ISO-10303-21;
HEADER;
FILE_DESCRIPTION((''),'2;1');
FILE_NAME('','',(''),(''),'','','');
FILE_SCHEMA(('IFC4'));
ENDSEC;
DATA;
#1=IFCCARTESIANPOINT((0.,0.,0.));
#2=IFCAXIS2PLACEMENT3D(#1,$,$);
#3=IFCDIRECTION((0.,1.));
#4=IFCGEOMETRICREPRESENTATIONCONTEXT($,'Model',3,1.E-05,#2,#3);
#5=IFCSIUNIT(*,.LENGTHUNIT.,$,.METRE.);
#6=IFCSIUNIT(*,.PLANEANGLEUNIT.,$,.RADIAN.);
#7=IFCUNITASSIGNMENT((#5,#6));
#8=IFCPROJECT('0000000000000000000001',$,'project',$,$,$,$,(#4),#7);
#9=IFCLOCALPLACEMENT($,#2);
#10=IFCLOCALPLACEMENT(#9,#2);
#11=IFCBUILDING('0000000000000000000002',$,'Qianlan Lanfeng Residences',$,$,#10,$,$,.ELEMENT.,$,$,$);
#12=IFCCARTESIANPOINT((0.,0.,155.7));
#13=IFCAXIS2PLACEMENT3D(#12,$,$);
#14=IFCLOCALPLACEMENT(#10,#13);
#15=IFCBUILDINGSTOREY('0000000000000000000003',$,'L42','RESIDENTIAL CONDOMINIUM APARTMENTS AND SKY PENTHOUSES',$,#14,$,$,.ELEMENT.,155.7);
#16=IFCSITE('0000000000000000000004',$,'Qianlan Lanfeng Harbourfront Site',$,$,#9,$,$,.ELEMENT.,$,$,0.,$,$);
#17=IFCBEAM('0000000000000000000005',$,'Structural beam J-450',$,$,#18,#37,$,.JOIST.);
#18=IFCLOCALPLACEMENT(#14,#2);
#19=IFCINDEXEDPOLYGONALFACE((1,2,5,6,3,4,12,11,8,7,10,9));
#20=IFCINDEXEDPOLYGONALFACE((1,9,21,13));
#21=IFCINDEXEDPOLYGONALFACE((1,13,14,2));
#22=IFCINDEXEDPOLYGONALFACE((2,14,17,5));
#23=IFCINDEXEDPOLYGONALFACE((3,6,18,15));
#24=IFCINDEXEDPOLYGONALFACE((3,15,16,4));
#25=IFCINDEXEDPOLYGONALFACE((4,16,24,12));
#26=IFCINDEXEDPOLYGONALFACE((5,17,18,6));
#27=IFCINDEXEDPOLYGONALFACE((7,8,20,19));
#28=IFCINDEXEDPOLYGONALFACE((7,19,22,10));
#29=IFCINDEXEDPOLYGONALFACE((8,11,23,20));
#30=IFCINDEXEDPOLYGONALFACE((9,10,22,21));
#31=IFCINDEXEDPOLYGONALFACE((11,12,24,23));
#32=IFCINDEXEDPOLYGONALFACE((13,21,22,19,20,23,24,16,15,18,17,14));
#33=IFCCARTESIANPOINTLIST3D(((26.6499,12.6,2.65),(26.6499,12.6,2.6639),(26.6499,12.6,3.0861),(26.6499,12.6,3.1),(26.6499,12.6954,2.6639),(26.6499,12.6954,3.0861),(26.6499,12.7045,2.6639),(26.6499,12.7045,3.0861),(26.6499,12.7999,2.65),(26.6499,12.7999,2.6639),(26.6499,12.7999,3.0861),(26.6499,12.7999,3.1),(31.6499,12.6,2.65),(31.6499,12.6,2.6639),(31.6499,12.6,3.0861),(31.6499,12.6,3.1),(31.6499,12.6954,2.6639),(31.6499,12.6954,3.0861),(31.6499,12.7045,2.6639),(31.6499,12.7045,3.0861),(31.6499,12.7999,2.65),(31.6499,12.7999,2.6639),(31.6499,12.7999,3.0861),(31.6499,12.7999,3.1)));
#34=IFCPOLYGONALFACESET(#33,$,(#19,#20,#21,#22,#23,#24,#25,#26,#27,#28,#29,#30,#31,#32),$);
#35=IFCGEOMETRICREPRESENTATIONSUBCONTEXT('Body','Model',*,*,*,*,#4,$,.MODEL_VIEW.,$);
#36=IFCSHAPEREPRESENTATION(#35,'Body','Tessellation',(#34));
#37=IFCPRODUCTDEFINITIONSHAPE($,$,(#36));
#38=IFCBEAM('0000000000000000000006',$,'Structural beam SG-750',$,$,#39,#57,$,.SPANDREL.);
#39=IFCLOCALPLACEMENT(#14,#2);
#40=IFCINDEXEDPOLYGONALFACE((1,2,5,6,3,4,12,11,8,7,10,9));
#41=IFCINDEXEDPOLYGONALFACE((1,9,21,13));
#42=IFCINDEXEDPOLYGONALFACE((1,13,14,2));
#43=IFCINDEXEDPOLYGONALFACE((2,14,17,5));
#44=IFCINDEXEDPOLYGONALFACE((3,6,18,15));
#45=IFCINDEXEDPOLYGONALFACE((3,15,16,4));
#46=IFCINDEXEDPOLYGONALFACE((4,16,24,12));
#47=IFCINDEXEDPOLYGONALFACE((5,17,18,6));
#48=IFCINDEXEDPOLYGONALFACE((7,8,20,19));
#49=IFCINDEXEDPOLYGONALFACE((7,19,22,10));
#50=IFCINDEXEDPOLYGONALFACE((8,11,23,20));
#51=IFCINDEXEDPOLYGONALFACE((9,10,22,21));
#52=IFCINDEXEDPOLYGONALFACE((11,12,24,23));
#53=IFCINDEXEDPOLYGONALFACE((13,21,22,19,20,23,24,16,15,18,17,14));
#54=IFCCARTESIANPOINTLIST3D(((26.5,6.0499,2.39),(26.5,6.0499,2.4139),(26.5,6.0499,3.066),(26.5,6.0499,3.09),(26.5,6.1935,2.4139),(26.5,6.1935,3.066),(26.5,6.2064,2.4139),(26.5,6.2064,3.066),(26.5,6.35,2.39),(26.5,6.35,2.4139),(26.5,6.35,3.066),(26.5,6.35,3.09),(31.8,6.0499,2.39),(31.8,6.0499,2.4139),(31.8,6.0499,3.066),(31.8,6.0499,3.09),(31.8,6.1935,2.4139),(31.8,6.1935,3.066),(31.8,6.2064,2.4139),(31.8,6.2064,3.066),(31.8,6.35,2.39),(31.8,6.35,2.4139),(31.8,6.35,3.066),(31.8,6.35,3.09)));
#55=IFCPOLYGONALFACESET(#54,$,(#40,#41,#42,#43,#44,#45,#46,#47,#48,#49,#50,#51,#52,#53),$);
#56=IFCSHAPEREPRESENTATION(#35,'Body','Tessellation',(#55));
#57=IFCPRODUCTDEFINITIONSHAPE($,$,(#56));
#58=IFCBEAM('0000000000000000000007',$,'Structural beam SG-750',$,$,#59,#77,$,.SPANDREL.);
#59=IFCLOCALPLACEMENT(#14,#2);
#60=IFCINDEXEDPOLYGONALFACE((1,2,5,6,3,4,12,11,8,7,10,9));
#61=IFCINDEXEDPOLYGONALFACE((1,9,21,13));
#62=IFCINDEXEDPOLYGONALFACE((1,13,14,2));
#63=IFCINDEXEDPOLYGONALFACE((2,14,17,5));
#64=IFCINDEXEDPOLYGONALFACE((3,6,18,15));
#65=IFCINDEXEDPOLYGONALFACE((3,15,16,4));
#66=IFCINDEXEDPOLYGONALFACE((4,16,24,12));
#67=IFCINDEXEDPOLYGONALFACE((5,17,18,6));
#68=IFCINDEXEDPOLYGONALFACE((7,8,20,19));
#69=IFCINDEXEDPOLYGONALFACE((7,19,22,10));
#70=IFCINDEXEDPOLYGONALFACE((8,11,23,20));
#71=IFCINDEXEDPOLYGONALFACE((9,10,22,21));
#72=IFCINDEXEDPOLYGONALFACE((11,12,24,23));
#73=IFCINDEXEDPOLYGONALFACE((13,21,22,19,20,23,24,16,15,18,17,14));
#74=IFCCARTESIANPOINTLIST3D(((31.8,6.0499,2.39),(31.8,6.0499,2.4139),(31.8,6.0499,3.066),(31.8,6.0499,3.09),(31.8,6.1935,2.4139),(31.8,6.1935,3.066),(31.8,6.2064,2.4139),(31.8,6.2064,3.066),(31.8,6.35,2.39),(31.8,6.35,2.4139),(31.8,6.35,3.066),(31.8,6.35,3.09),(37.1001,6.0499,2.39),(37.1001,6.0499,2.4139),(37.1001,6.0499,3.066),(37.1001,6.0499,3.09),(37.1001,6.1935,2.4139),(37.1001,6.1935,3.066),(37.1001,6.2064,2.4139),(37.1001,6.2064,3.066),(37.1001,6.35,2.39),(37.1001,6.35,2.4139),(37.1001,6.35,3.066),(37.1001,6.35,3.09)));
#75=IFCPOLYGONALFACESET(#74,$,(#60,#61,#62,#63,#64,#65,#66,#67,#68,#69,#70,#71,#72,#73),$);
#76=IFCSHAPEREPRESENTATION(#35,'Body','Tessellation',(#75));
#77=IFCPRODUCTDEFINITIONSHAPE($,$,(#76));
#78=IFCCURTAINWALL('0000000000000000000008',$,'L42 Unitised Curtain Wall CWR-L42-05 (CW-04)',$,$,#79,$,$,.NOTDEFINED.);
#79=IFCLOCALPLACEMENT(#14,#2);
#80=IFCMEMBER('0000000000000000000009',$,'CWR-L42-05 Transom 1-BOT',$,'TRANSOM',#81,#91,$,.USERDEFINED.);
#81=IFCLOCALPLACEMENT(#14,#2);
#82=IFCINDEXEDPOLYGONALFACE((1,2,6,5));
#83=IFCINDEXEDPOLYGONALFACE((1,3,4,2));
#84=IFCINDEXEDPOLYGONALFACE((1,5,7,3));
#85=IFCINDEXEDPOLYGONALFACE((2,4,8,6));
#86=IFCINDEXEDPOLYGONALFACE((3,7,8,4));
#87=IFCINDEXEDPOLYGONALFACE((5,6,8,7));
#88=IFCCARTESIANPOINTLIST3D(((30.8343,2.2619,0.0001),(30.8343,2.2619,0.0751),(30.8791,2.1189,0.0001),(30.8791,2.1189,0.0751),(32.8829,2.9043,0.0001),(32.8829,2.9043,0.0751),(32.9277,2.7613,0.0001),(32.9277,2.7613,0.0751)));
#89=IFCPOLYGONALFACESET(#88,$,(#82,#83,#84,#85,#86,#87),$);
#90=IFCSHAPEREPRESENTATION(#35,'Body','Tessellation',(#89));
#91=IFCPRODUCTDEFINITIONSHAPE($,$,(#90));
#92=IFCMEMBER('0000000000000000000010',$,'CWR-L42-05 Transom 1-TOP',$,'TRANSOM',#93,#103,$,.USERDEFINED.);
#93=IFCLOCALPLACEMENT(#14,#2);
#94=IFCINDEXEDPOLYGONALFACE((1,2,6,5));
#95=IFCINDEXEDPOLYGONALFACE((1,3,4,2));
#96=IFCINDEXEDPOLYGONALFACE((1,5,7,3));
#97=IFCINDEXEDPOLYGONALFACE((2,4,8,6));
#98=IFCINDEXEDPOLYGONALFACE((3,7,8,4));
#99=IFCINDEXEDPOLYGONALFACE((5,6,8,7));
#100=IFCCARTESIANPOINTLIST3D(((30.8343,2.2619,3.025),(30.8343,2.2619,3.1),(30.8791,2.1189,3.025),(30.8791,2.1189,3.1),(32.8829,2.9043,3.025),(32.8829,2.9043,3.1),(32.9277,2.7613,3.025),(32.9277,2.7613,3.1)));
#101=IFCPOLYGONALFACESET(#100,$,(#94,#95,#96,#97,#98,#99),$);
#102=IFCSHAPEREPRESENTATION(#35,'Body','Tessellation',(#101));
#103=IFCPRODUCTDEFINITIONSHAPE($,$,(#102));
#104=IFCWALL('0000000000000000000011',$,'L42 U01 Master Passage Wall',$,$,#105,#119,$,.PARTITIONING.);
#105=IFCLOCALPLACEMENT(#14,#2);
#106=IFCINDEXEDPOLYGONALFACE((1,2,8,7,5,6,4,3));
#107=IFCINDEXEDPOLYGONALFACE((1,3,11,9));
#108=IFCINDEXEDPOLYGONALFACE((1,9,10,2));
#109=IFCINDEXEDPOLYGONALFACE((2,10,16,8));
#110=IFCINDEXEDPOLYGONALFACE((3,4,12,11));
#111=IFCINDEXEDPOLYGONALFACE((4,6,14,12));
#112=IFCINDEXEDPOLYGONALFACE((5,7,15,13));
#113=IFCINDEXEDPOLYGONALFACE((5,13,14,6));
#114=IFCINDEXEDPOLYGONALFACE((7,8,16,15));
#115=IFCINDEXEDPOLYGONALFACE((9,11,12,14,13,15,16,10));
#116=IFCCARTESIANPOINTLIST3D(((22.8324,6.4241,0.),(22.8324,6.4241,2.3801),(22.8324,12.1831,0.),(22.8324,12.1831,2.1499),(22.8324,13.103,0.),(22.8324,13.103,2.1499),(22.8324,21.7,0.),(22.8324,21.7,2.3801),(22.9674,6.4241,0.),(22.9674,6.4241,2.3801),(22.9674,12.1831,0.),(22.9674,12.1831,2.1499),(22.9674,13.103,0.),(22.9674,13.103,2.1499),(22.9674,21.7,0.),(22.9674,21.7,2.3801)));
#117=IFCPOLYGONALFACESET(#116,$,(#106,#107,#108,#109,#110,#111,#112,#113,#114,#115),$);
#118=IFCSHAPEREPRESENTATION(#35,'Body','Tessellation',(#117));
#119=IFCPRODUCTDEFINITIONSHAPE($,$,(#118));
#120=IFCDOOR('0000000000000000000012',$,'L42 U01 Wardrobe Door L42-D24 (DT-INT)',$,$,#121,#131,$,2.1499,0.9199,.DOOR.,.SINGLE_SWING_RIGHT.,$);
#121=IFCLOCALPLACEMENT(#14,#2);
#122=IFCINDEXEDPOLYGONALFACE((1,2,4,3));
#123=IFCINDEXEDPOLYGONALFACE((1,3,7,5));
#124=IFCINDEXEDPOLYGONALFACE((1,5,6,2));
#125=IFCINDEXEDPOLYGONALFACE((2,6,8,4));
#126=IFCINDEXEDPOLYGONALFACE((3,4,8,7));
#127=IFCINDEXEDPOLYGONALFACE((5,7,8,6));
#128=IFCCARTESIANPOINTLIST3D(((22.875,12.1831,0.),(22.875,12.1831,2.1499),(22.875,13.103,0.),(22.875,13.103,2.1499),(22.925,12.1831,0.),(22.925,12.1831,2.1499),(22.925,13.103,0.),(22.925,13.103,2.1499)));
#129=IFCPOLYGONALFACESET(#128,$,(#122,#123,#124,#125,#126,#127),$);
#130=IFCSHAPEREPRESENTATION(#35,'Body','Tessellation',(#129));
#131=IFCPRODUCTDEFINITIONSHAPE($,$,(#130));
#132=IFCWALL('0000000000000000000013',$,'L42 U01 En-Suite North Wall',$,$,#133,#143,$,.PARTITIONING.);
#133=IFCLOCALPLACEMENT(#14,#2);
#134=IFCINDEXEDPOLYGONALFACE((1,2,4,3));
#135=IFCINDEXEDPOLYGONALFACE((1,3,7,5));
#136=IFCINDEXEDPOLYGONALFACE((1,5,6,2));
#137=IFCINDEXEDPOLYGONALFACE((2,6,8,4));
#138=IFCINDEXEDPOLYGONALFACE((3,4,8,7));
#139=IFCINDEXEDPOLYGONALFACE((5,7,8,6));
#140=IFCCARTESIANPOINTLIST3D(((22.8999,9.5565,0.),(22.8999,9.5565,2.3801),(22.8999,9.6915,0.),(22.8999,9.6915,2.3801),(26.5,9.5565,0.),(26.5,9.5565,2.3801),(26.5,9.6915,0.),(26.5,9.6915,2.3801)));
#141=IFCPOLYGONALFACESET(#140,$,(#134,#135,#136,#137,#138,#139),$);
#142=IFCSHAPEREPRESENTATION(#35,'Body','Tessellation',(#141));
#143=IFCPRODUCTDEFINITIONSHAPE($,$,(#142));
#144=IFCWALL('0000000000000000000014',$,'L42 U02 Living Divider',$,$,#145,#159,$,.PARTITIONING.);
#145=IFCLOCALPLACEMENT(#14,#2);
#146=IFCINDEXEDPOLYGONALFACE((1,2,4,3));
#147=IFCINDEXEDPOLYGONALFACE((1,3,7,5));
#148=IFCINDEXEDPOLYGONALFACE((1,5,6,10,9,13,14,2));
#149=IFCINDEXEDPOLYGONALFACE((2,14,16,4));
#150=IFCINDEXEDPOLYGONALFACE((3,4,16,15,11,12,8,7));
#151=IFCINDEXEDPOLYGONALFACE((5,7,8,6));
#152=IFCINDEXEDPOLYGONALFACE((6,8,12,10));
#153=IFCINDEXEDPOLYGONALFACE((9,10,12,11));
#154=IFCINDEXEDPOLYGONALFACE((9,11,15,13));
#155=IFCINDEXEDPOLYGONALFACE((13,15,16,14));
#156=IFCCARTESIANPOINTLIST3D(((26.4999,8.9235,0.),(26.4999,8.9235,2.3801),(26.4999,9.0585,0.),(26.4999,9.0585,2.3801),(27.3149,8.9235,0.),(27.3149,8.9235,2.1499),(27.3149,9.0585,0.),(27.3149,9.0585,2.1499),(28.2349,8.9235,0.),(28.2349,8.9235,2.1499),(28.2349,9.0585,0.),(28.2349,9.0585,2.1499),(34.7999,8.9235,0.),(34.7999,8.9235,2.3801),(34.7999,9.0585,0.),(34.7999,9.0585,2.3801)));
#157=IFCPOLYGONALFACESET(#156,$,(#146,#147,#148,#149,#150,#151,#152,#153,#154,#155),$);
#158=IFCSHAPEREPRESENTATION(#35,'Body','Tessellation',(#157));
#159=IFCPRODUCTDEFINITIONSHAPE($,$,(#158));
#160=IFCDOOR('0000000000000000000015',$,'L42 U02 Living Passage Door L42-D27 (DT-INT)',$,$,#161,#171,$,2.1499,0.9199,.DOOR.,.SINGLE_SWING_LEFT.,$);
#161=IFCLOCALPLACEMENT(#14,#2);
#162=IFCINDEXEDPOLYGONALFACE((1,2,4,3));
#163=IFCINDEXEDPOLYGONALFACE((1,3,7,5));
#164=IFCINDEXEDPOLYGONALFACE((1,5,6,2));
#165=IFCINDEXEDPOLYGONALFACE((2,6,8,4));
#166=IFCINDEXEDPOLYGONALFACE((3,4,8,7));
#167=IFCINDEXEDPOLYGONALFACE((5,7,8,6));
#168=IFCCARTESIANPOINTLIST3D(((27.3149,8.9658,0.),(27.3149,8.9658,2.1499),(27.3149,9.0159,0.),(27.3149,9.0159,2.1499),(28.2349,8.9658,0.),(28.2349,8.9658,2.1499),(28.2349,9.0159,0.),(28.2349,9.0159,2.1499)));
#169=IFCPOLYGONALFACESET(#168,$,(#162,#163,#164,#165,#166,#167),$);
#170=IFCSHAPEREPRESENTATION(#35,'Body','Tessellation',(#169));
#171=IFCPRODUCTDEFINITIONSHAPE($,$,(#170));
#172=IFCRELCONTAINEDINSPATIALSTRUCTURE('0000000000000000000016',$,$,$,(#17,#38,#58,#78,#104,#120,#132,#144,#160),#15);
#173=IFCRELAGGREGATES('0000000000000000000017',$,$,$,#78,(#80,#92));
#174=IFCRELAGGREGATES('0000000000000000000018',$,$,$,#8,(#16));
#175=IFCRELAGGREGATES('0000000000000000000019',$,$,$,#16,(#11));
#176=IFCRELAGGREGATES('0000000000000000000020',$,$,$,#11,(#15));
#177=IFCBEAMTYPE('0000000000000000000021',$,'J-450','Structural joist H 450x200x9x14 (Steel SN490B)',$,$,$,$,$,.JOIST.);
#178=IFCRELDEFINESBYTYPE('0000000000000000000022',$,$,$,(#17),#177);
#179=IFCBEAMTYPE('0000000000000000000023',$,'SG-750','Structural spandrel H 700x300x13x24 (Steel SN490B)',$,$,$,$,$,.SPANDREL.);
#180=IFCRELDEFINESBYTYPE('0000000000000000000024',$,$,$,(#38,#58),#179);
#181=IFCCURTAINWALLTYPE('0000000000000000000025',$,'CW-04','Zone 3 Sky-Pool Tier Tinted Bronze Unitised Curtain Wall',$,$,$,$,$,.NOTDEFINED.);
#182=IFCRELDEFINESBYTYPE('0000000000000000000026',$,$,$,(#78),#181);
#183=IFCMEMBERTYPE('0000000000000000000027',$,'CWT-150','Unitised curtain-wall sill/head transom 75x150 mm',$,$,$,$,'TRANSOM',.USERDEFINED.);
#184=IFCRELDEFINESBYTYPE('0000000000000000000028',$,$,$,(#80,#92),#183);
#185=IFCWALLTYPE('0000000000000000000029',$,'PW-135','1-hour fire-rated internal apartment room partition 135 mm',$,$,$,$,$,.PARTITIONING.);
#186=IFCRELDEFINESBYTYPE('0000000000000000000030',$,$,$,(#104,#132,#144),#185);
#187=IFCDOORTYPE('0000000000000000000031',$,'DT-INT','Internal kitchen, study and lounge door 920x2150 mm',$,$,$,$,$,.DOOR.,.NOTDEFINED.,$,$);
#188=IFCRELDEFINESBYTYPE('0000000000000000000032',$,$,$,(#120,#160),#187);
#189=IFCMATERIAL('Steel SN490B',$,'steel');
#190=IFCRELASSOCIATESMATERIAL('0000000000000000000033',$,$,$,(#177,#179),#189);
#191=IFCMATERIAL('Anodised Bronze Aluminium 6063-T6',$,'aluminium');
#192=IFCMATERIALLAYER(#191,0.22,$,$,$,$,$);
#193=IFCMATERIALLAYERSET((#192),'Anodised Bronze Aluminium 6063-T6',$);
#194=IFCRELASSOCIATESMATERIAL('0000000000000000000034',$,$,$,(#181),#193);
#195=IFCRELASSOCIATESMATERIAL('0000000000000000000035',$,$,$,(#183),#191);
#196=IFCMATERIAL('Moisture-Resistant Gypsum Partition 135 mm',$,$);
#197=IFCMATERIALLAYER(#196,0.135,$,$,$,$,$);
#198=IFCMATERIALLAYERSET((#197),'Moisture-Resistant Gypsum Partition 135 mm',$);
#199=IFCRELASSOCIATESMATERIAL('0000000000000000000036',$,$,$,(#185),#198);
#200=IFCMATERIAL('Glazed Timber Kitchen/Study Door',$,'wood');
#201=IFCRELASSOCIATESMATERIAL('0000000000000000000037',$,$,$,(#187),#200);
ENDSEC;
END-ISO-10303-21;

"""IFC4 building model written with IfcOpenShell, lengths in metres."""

from ifc_helpers import new_model, si_unit, direction, frame, frame_2d, origin, origin_2d, place, context, subcontext, project, spatial, rectangle, i_section, extrude, source, transform, mapped, material, layer, layer_set, material_profile, profile_set, type_object, element, fill, aggregate, save


model = new_model("IFC4")

# Units and contexts
model_context = context("Model", 3, precision=1e-05, world=origin(), true_north=direction((0.0, 1.0)))
body_context = subcontext(model_context, "Body", "Model", "MODEL_VIEW")
ifc_project = project(units=[si_unit("LENGTHUNIT", "METRE"), si_unit("PLANEANGLEUNIT", "RADIAN")], contexts=[model_context])

# Site, building, storey
site_placement = place(None, origin())
site = spatial("IfcSite", under=ifc_project, at=site_placement, Name="Qianlan Lanfeng Harbourfront Site", CompositionType="ELEMENT", RefElevation=0.0)
building_placement = place(site_placement, origin())
building = spatial("IfcBuilding", under=site, at=building_placement, Name="Qianlan Lanfeng Residences", CompositionType="ELEMENT")
storey_placement = place(building_placement, frame((0.0, 0.0, 155.7)))
storey = spatial("IfcBuildingStorey", under=building, at=storey_placement, Name="L42", Description="RESIDENTIAL CONDOMINIUM APARTMENTS AND SKY PENTHOUSES", CompositionType="ELEMENT", Elevation=155.7)

# Shared definitions
ifc_material_1 = material(Name="Steel SN490B", Category="steel")

# Beams
ifc_material_profile_1 = material_profile(ifc_material_1, i_section(OverallWidth=0.2, OverallDepth=0.45, WebThickness=0.009, FlangeThickness=0.0139, at=origin_2d()), Name="H 450x200x9x14")
ifc_profile_set_1 = profile_set([ifc_material_profile_1], Name="Steel SN490B")
beam_type_1 = type_object("IfcBeamType", Name="J-450", Description="Structural joist H 450x200x9x14 (Steel SN490B)", PredefinedType="JOIST", material=ifc_profile_set_1)
beam_1_placement = place(storey_placement, frame((26.6499, 12.7, 2.875), z_axis=(1.0, 0.0, 0.0), x_axis=(0.0, 1.0, 0.0)))
element("IfcBeam", 1, at=beam_1_placement, inside=storey, type_object=beam_type_1, Name="Structural beam J-450", PredefinedType="JOIST", context=body_context, shape_type="SweptSolid", body=[
    extrude(i_section(OverallWidth=0.2, OverallDepth=0.45, WebThickness=0.009, FlangeThickness=0.0139, at=origin_2d()), origin(), (0.0, 0.0, 1.0), 5.0),
])
ifc_material_profile_2 = material_profile(ifc_material_1, i_section(OverallWidth=0.3, OverallDepth=0.7, WebThickness=0.0129, FlangeThickness=0.0239, at=origin_2d()), Name="H 700x300x13x24")
ifc_profile_set_2 = profile_set([ifc_material_profile_2], Name="Steel SN490B")
beam_type_2 = type_object("IfcBeamType", Name="SG-750", Description="Structural spandrel H 700x300x13x24 (Steel SN490B)", PredefinedType="SPANDREL", material=ifc_profile_set_2)
for number, where, z_axis, x_axis, name in (
    (2, (26.5, 6.2, 2.74), (1.0, 0.0, 0.0), (0.0, 1.0, 0.0), "Structural beam SG-750"),
    (3, (31.8, 6.2, 2.74), (1.0, 0.0, 0.0), (0.0, 1.0, 0.0), "Structural beam SG-750"),
):
    element("IfcBeam", number, at=place(storey_placement, frame(where, z_axis=z_axis, x_axis=x_axis)), inside=storey, type_object=beam_type_2, Name=name, PredefinedType="SPANDREL", context=body_context, shape_type="SweptSolid", body=[
        extrude(i_section(OverallWidth=0.3, OverallDepth=0.7, WebThickness=0.0129, FlangeThickness=0.0239, at=origin_2d()), origin(), (0.0, 0.0, 1.0), 5.3),
    ])

# Curtain wall, members
ifc_material_2 = material(Name="Anodised Bronze Aluminium 6063-T6", Category="aluminium")
ifc_layer_1 = layer(ifc_material_2, 0.22)
ifc_layer_set_1 = layer_set([ifc_layer_1], Name="Anodised Bronze Aluminium 6063-T6")
curtain_wall_type = type_object("IfcCurtainWallType", Name="CW-04", Description="Zone 3 Sky-Pool Tier Tinted Bronze Unitised Curtain Wall", PredefinedType="NOTDEFINED", material=ifc_layer_set_1)
curtain_wall_placement = place(storey_placement, origin())
curtain_wall = element("IfcCurtainWall", 4, at=curtain_wall_placement, inside=storey, type_object=curtain_wall_type, Name="L42 Unitised Curtain Wall CWR-L42-05 (CW-04)", PredefinedType="NOTDEFINED")
ifc_material_profile_3 = material_profile(ifc_material_2, rectangle(XDim=0.075, YDim=0.1499, at=origin_2d()), Name="ALU TRANSOM 75x150")
ifc_profile_set_3 = profile_set([ifc_material_profile_3], Name="Anodised Bronze Aluminium 6063-T6")
member_type = type_object("IfcMemberType", Name="CWT-150", Description="Unitised curtain-wall sill/head transom 75x150 mm", ElementType="TRANSOM", PredefinedType="USERDEFINED", material=ifc_profile_set_3)
shared_shape = source(origin(), body_context, "Body", "SweptSolid", [
    extrude(rectangle(XDim=0.075, YDim=0.1499, at=origin_2d()), origin(), (0.0, 0.0, 1.0), 2.147),
])
member_1_placement = place(storey_placement, frame((30.8567, 2.1904, 0.0376), z_axis=(0.954194, 0.299188, 0.0), x_axis=(0.0, 0.0, 1.0)))
member_1 = element("IfcMember", 5, at=member_1_placement, type_object=member_type, Name="CWR-L42-05 Transom 1-BOT", ObjectType="TRANSOM", PredefinedType="USERDEFINED", context=body_context, shape_type="MappedRepresentation", body=[
    mapped(shared_shape, transform((0.0, 0.0, 0.0), scale=1.0)),
])
member_2_placement = place(storey_placement, frame((30.8567, 2.1904, 3.0625), z_axis=(0.954194, 0.299188, 0.0), x_axis=(0.0, 0.0, 1.0)))
member_2 = element("IfcMember", 6, at=member_2_placement, type_object=member_type, Name="CWR-L42-05 Transom 1-TOP", ObjectType="TRANSOM", PredefinedType="USERDEFINED", context=body_context, shape_type="MappedRepresentation", body=[
    mapped(shared_shape, transform((0.0, 0.0, 0.0), scale=1.0)),
])
aggregate(curtain_wall, [member_1, member_2])

# Wall, opening, door
ifc_material_3 = material(Name="Moisture-Resistant Gypsum Partition 135 mm")
ifc_layer_2 = layer(ifc_material_3, 0.135)
ifc_layer_set_2 = layer_set([ifc_layer_2], Name="Moisture-Resistant Gypsum Partition 135 mm")
wall_type = type_object("IfcWallType", Name="PW-135", Description="1-hour fire-rated internal apartment room partition 135 mm", PredefinedType="PARTITIONING", material=ifc_layer_set_2)
wall_1_placement = place(storey_placement, frame((22.8999, 6.4241, 0.0), z_axis=(0.0, 0.0, 1.0), x_axis=(0.0, 1.0, 0.0)))
wall_1 = element("IfcWall", 7, at=wall_1_placement, inside=storey, type_object=wall_type, Name="L42 U01 Master Passage Wall", PredefinedType="PARTITIONING", context=body_context, shape_type="SweptSolid", body=[
    extrude(rectangle(XDim=15.2759, YDim=0.135, at=frame_2d((7.6379, 0.0))), origin(), (0.0, 0.0, 1.0), 2.3801),
])
opening_1_placement = place(wall_1_placement, frame((5.759, 0.0, 0.0)))
opening_1 = element("IfcOpeningElement", 8, at=opening_1_placement, cuts=wall_1, PredefinedType="OPENING", context=body_context, shape_type="SweptSolid", body=[
    extrude(rectangle(XDim=0.9199, YDim=2.1499, at=frame_2d((0.46, 1.075))), frame((0.0, 0.0776, 0.0), z_axis=(0.0, -1.0, 0.0), x_axis=(1.0, 0.0, 0.0)), (0.0, 0.0, 1.0), 0.155),
])
ifc_material_4 = material(Name="Glazed Timber Kitchen/Study Door", Category="wood")
door_type_1 = type_object("IfcDoorType", Name="DT-INT", Description="Internal kitchen, study and lounge door 920x2150 mm", OperationType="NOTDEFINED", PredefinedType="DOOR", material=ifc_material_4)
door_1_placement = place(opening_1_placement, origin())
door_1 = element("IfcDoor", 9, at=door_1_placement, inside=storey, type_object=door_type_1, Name="L42 U01 Wardrobe Door L42-D24 (DT-INT)", OperationType="SINGLE_SWING_RIGHT", OverallHeight=2.1499, OverallWidth=0.9199, PredefinedType="DOOR", context=body_context, shape_type="SweptSolid", body=[
    extrude(rectangle(XDim=0.9199, YDim=2.1499, at=frame_2d((0.46, 1.075))), frame((0.0, 0.0249, 0.0), z_axis=(0.0, -1.0, 0.0), x_axis=(1.0, 0.0, 0.0)), (0.0, 0.0, 1.0), 0.05),
])
fill(opening_1, door_1)

# Wall
wall_2_placement = place(storey_placement, frame((22.8999, 9.624, 0.0), z_axis=(0.0, 0.0, 1.0), x_axis=(1.0, 0.0, 0.0)))
element("IfcWall", 10, at=wall_2_placement, inside=storey, type_object=wall_type, Name="L42 U01 En-Suite North Wall", PredefinedType="PARTITIONING", context=body_context, shape_type="SweptSolid", body=[
    extrude(rectangle(XDim=3.6001, YDim=0.135, at=frame_2d((1.8, 0.0))), origin(), (0.0, 0.0, 1.0), 2.3801),
])

# Wall, opening, door
wall_3_placement = place(storey_placement, frame((26.5, 8.991, 0.0), z_axis=(0.0, 0.0, 1.0), x_axis=(1.0, 0.0, 0.0)))
wall_3 = element("IfcWall", 11, at=wall_3_placement, inside=storey, type_object=wall_type, Name="L42 U02 Living Divider", PredefinedType="PARTITIONING", context=body_context, shape_type="SweptSolid", body=[
    extrude(rectangle(XDim=8.3, YDim=0.135, at=frame_2d((4.1499, 0.0))), origin(), (0.0, 0.0, 1.0), 2.3801),
])
opening_2_placement = place(wall_3_placement, frame((0.8149, 0.0, 0.0)))
opening_2 = element("IfcOpeningElement", 12, at=opening_2_placement, cuts=wall_3, PredefinedType="OPENING", context=body_context, shape_type="SweptSolid", body=[
    extrude(rectangle(XDim=0.9199, YDim=2.1499, at=frame_2d((0.46, 1.075))), frame((0.0, 0.0776, 0.0), z_axis=(0.0, -1.0, 0.0), x_axis=(1.0, 0.0, 0.0)), (0.0, 0.0, 1.0), 0.155),
])
door_2_placement = place(opening_2_placement, origin())
door_2 = element("IfcDoor", 13, at=door_2_placement, inside=storey, type_object=door_type_1, Name="L42 U02 Living Passage Door L42-D27 (DT-INT)", OperationType="SINGLE_SWING_LEFT", OverallHeight=2.1499, OverallWidth=0.9199, PredefinedType="DOOR", context=body_context, shape_type="SweptSolid", body=[
    extrude(rectangle(XDim=0.9199, YDim=2.1499, at=frame_2d((0.46, 1.075))), frame((0.0, 0.0249, 0.0), z_axis=(0.0, -1.0, 0.0), x_axis=(1.0, 0.0, 0.0)), (0.0, 0.0, 1.0), 0.05),
])
fill(opening_2, door_2)

save(model, "model.ifc")
